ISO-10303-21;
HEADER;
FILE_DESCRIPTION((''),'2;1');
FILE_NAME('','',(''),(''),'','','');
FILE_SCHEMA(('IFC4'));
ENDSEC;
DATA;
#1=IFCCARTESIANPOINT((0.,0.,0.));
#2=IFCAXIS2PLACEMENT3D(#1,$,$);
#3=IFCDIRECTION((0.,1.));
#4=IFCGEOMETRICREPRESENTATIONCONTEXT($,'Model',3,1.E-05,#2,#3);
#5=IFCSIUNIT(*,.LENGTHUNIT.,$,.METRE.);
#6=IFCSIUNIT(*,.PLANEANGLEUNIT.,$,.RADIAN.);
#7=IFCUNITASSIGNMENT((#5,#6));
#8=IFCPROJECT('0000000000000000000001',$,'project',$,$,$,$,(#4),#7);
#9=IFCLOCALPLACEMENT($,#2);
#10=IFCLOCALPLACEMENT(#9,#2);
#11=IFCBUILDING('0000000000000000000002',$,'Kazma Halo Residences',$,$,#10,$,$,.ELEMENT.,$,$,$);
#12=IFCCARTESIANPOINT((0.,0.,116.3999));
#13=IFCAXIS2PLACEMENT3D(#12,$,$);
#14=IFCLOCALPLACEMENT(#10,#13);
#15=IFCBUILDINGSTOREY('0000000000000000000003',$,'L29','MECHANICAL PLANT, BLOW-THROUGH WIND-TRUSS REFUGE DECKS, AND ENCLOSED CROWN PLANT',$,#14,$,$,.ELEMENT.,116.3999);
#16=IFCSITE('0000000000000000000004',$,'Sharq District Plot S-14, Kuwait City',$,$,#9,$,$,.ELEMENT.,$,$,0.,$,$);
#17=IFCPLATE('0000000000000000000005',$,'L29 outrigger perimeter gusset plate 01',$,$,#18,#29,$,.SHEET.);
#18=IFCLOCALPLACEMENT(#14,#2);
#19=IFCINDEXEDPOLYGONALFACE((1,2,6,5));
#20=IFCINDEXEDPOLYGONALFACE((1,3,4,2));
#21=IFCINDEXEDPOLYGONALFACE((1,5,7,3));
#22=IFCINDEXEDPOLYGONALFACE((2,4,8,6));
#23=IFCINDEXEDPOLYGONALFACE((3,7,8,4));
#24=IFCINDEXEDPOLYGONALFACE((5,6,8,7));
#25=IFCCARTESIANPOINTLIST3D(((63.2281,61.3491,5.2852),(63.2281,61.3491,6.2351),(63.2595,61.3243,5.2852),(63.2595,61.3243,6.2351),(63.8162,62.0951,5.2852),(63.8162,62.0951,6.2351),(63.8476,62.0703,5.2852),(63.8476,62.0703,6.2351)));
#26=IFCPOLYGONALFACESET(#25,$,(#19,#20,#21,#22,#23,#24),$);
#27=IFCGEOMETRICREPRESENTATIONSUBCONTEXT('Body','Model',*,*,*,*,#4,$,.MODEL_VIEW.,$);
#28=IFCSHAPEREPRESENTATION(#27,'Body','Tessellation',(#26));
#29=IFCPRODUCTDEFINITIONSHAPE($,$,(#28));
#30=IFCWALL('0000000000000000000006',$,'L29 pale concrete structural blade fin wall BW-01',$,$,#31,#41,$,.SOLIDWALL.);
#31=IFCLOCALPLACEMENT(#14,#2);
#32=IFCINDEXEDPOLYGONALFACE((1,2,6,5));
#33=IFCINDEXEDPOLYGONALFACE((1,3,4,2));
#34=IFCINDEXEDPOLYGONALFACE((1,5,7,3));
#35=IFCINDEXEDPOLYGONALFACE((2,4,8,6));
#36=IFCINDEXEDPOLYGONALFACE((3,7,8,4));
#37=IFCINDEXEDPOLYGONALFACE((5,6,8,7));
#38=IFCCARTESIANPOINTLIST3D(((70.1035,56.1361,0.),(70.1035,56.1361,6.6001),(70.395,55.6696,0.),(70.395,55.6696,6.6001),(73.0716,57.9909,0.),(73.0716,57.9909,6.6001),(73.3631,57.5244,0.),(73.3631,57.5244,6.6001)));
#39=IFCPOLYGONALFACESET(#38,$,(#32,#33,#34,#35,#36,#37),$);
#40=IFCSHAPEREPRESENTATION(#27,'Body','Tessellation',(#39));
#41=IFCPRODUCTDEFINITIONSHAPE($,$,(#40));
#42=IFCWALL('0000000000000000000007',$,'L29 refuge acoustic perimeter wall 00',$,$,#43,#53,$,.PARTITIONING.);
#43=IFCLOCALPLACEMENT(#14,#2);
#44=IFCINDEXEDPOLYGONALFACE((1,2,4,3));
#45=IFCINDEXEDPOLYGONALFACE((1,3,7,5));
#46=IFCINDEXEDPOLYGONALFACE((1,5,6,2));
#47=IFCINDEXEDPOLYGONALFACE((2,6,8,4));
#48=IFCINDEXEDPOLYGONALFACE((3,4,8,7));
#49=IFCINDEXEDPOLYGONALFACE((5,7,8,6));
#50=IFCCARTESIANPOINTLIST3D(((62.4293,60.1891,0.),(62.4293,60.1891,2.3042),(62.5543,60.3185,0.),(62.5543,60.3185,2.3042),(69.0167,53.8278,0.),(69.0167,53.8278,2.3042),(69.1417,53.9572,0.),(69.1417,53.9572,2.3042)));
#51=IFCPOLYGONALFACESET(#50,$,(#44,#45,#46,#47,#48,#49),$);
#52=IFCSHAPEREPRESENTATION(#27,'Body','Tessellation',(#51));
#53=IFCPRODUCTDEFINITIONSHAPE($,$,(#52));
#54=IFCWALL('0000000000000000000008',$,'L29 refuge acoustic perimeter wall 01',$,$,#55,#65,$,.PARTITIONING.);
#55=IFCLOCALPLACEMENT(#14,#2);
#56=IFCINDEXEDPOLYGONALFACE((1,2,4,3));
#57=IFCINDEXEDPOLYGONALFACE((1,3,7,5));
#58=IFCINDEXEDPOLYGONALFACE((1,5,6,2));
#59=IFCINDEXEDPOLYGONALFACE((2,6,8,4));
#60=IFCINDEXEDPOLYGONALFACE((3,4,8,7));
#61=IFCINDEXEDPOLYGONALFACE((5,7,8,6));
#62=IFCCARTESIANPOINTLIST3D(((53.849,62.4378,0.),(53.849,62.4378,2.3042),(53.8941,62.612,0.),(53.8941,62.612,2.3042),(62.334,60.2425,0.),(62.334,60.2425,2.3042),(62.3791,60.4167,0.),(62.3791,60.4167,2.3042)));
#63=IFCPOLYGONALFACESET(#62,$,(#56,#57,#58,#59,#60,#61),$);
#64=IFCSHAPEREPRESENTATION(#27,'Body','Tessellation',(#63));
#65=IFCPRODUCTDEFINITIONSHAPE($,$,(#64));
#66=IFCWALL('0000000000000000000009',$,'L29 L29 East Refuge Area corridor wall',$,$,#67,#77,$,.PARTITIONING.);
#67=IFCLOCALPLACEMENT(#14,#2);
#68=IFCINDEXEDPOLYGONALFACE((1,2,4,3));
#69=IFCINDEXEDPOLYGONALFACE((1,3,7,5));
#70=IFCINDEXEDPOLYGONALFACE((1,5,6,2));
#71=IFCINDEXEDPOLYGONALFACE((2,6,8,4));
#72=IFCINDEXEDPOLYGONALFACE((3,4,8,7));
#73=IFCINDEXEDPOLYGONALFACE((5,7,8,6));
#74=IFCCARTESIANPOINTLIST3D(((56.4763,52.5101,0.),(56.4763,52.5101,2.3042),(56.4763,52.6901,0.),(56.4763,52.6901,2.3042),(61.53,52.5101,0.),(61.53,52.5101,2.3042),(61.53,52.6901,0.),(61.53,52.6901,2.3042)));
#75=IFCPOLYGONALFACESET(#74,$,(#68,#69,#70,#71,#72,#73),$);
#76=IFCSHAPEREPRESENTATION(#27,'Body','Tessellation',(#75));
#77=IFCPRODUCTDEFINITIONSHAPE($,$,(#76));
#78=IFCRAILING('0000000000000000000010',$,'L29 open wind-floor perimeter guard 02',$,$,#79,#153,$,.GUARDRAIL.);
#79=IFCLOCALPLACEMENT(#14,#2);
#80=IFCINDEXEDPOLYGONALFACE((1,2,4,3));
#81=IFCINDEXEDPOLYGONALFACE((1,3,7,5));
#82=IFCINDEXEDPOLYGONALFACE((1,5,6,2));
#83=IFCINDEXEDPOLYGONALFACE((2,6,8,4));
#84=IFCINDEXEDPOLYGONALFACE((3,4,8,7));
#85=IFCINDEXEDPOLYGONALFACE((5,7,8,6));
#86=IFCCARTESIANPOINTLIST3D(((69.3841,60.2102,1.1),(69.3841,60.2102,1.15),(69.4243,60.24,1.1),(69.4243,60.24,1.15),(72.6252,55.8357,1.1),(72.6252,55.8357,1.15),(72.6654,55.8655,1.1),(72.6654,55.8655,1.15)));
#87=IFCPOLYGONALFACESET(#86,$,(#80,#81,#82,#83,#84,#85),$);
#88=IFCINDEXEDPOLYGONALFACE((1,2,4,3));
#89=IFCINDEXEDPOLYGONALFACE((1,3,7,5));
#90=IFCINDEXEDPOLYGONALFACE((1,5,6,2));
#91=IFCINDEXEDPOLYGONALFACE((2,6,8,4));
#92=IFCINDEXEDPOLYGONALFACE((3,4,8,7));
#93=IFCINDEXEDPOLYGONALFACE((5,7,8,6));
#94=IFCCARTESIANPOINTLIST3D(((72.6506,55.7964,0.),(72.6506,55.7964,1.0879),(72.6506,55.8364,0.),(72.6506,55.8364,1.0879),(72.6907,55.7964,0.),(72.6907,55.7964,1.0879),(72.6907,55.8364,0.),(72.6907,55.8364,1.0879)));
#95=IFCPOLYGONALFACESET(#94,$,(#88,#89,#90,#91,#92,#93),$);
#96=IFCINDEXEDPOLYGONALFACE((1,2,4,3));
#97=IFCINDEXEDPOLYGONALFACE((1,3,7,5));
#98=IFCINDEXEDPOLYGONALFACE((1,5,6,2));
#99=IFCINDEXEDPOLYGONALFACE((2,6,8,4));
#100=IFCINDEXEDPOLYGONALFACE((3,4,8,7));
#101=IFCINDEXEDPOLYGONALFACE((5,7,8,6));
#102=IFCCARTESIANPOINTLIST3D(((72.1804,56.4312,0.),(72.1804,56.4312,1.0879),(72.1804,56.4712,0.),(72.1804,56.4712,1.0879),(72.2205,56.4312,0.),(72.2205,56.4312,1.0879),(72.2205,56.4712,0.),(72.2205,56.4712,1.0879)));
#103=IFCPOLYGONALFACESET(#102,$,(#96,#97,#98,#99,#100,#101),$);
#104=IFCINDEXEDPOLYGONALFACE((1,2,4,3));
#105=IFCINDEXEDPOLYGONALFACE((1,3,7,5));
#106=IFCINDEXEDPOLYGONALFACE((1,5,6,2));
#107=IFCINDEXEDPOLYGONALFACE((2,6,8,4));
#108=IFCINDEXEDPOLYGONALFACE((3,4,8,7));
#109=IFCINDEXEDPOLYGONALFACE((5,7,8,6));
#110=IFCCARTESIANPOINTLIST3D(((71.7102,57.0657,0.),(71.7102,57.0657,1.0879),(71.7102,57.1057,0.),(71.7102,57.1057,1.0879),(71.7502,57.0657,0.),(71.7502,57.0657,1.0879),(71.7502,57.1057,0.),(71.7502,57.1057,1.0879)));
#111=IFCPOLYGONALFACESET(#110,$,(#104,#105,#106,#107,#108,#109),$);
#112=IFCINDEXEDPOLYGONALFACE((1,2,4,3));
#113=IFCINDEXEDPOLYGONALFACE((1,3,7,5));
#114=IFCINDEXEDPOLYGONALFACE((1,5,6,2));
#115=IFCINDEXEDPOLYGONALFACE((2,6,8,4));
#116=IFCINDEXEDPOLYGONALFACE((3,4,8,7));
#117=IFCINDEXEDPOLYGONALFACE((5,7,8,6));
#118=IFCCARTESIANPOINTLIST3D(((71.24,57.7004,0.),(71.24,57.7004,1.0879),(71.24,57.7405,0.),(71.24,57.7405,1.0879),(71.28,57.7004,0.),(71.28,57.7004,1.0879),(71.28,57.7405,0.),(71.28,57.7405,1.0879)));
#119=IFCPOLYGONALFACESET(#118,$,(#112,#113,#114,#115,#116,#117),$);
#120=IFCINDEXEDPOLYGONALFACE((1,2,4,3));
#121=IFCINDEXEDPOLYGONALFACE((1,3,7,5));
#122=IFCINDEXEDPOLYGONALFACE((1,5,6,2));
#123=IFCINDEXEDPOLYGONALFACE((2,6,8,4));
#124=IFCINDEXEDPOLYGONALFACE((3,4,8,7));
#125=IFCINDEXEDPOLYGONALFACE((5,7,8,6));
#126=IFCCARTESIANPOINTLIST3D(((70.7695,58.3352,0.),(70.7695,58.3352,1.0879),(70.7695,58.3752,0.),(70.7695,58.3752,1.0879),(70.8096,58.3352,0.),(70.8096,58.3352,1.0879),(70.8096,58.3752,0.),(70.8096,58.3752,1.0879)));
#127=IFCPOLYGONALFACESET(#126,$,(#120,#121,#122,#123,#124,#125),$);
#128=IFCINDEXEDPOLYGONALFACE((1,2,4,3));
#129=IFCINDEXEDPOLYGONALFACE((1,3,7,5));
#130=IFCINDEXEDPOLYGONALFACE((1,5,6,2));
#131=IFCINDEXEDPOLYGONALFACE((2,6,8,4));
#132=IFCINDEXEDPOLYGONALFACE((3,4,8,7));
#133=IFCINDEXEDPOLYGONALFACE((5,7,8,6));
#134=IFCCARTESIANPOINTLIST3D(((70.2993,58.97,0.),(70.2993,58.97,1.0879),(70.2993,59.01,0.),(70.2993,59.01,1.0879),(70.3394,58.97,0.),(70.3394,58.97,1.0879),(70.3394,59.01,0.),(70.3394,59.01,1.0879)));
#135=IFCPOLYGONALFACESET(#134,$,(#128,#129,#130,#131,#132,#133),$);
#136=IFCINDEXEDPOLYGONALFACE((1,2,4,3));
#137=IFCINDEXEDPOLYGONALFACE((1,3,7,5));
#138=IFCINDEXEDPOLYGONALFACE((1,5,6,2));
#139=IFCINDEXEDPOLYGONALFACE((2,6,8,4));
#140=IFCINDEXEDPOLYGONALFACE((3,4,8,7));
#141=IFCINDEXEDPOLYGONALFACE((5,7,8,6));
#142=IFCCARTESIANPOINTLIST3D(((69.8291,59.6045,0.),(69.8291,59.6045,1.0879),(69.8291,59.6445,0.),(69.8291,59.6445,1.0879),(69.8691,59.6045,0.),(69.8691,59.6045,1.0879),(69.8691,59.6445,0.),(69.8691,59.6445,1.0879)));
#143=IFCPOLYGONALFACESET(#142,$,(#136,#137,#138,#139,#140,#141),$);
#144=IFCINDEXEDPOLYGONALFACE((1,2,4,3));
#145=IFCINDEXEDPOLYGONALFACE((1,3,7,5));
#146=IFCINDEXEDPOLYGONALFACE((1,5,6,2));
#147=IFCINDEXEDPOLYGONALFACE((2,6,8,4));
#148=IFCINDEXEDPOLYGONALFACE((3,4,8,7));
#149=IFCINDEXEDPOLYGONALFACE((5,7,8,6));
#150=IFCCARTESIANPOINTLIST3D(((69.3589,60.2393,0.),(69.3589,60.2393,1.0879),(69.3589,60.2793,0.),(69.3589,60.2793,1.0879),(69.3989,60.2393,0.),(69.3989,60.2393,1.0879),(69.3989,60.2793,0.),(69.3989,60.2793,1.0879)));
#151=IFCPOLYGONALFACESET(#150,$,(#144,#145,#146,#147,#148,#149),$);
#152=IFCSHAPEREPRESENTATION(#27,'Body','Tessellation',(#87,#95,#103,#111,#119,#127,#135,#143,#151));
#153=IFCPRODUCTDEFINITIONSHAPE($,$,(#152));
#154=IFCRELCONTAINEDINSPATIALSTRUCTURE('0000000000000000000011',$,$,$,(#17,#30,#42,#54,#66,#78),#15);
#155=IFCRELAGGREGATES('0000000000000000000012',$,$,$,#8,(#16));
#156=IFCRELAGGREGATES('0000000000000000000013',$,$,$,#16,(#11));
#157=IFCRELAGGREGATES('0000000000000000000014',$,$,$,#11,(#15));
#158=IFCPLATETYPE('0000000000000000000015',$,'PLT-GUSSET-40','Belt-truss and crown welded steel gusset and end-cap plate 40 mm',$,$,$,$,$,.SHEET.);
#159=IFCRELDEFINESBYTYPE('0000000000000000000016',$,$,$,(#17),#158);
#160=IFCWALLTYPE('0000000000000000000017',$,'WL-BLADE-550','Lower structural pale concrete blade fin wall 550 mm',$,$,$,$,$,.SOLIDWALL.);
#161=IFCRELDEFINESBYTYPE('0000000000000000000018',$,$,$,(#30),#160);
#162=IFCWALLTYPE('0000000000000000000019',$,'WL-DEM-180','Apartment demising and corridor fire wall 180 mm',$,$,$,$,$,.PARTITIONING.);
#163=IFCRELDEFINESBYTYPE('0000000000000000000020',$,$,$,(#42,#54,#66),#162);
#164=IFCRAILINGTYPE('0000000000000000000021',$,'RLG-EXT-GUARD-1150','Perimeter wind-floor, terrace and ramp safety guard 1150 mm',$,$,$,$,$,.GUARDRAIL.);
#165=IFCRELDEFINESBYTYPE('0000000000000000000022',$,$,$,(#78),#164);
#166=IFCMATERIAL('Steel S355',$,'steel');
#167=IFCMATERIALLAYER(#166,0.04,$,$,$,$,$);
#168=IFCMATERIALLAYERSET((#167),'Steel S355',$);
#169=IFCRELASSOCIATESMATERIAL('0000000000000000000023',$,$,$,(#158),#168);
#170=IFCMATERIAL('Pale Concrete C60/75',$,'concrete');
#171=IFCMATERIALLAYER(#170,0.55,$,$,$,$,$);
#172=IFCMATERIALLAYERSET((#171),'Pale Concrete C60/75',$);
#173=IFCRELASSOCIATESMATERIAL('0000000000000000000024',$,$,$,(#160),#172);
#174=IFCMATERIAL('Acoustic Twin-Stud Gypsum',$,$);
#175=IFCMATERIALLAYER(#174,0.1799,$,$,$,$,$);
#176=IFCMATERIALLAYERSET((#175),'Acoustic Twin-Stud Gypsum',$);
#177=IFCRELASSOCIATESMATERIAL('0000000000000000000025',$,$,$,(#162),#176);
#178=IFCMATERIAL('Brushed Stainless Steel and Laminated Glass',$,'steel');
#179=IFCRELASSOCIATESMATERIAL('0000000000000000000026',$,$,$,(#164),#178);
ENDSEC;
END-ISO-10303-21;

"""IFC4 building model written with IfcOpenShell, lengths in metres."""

from ifc_helpers import new_model, si_unit, direction, frame, frame_2d, origin, origin_2d, place, context, subcontext, project, spatial, rectangle, extrude, material, layer, layer_set, type_object, element, save


model = new_model("IFC4")

# Units and contexts
model_context = context("Model", 3, precision=1e-05, world=origin(), true_north=direction((0.0, 1.0)))
body_context = subcontext(model_context, "Body", "Model", "MODEL_VIEW")
ifc_project = project(units=[si_unit("LENGTHUNIT", "METRE"), si_unit("PLANEANGLEUNIT", "RADIAN")], contexts=[model_context])

# Site, building, storey
site_placement = place(None, origin())
site = spatial("IfcSite", under=ifc_project, at=site_placement, Name="Sharq District Plot S-14, Kuwait City", CompositionType="ELEMENT", RefElevation=0.0)
building_placement = place(site_placement, origin())
building = spatial("IfcBuilding", under=site, at=building_placement, Name="Kazma Halo Residences", CompositionType="ELEMENT")
storey_placement = place(building_placement, frame((0.0, 0.0, 116.3999)))
storey = spatial("IfcBuildingStorey", under=building, at=storey_placement, Name="L29", Description="MECHANICAL PLANT, BLOW-THROUGH WIND-TRUSS REFUGE DECKS, AND ENCLOSED CROWN PLANT", CompositionType="ELEMENT", Elevation=116.3999)

# Shared definitions
ifc_material_1 = material(Name="Steel S355", Category="steel")

# Plate
ifc_layer_1 = layer(ifc_material_1, 0.04)
ifc_layer_set_1 = layer_set([ifc_layer_1], Name="Steel S355")
plate_type = type_object("IfcPlateType", Name="PLT-GUSSET-40", Description="Belt-truss and crown welded steel gusset and end-cap plate 40 mm", PredefinedType="SHEET", material=ifc_layer_set_1)
plate_1_placement = place(storey_placement, frame((63.5378, 61.7097, 5.2852), z_axis=(0.0, 0.0, 1.0), x_axis=(0.619092, 0.785319, 0.0)))
element("IfcPlate", 1, at=plate_1_placement, inside=storey, type_object=plate_type, Name="L29 outrigger perimeter gusset plate 01", PredefinedType="SHEET", context=body_context, shape_type="SweptSolid", body=[
    extrude(rectangle(XDim=0.95, YDim=0.04, at=origin_2d()), origin(), (0.0, 0.0, 1.0), 0.95),
])

# Walls
ifc_material_2 = material(Name="Pale Concrete C60/75", Category="concrete")
ifc_layer_2 = layer(ifc_material_2, 0.55)
ifc_layer_set_2 = layer_set([ifc_layer_2], Name="Pale Concrete C60/75")
wall_type_1 = type_object("IfcWallType", Name="WL-BLADE-550", Description="Lower structural pale concrete blade fin wall 550 mm", PredefinedType="SOLIDWALL", material=ifc_layer_set_2)
wall_1_placement = place(storey_placement, frame((70.2493, 55.9028, 0.0), z_axis=(0.0, 0.0, 1.0), x_axis=(0.848034, 0.529943, 0.0)))
element("IfcWall", 2, at=wall_1_placement, inside=storey, type_object=wall_type_1, Name="L29 pale concrete structural blade fin wall BW-01", PredefinedType="SOLIDWALL", context=body_context, shape_type="SweptSolid", body=[
    extrude(rectangle(XDim=3.5, YDim=0.55, at=frame_2d((1.75, 0.0))), origin(), (0.0, 0.0, 1.0), 6.6001),
])
ifc_material_3 = material(Name="Acoustic Twin-Stud Gypsum")
ifc_layer_3 = layer(ifc_material_3, 0.1799)
ifc_layer_set_3 = layer_set([ifc_layer_3], Name="Acoustic Twin-Stud Gypsum")
wall_type_2 = type_object("IfcWallType", Name="WL-DEM-180", Description="Apartment demising and corridor fire wall 180 mm", PredefinedType="PARTITIONING", material=ifc_layer_set_3)
wall_2_placement = place(storey_placement, frame((69.0791, 53.8926, 0.0), z_axis=(0.0, 0.0, 1.0), x_axis=(-0.719343, 0.694655, 0.0)))
element("IfcWall", 3, at=wall_2_placement, inside=storey, type_object=wall_type_2, Name="L29 refuge acoustic perimeter wall 00", PredefinedType="PARTITIONING", context=body_context, shape_type="SweptSolid", body=[
    extrude(rectangle(XDim=9.1575, YDim=0.1799, at=frame_2d((4.5786, 0.0))), origin(), (0.0, 0.0, 1.0), 2.3042),
])
wall_3_placement = place(storey_placement, frame((62.3567, 60.3296, 0.0), z_axis=(0.0, 0.0, 1.0), x_axis=(-0.968122, 0.250478, 0.0)))
element("IfcWall", 4, at=wall_3_placement, inside=storey, type_object=wall_type_2, Name="L29 refuge acoustic perimeter wall 01", PredefinedType="PARTITIONING", context=body_context, shape_type="SweptSolid", body=[
    extrude(rectangle(XDim=8.7644, YDim=0.1799, at=frame_2d((4.3823, 0.0))), origin(), (0.0, 0.0, 1.0), 2.3042),
])
wall_4_placement = place(storey_placement, frame((61.53, 52.6001, 0.0), z_axis=(0.0, 0.0, 1.0), x_axis=(-1.0, 0.0, 0.0)))
element("IfcWall", 5, at=wall_4_placement, inside=storey, type_object=wall_type_2, Name="L29 L29 East Refuge Area corridor wall", PredefinedType="PARTITIONING", context=body_context, shape_type="SweptSolid", body=[
    extrude(rectangle(XDim=5.0537, YDim=0.1799, at=frame_2d((2.5269, 0.0))), origin(), (0.0, 0.0, 1.0), 2.3042),
])

# Railing
ifc_material_4 = material(Name="Brushed Stainless Steel and Laminated Glass", Category="steel")
railing_type = type_object("IfcRailingType", Name="RLG-EXT-GUARD-1150", Description="Perimeter wind-floor, terrace and ramp safety guard 1150 mm", PredefinedType="GUARDRAIL", material=ifc_material_4)
railing_1_placement = place(storey_placement, frame((72.6707, 55.8164, 0.0)))
element("IfcRailing", 6, at=railing_1_placement, inside=storey, type_object=railing_type, Name="L29 open wind-floor perimeter guard 02", PredefinedType="GUARDRAIL", context=body_context, shape_type="SweptSolid", body=[
    extrude(rectangle(XDim=0.05, YDim=0.05, at=origin_2d()), frame((-0.0254, 0.0342, 1.125), z_axis=(-0.595313, 0.803494, 0.0), x_axis=(-0.803494, -0.595313, 0.0)), (0.0, 0.0, 1.0), 5.4443),
    extrude(rectangle(XDim=0.04, YDim=0.04, at=origin_2d()), origin(), (0.0, 0.0, 1.0), 1.0879),
    extrude(rectangle(XDim=0.04, YDim=0.04, at=origin_2d()), frame((-0.4702, 0.6348, 0.0)), (0.0, 0.0, 1.0), 1.0879),
    extrude(rectangle(XDim=0.04, YDim=0.04, at=origin_2d()), frame((-0.9404, 1.2693, 0.0)), (0.0, 0.0, 1.0), 1.0879),
    extrude(rectangle(XDim=0.04, YDim=0.04, at=origin_2d()), frame((-1.4106, 1.9041, 0.0)), (0.0, 0.0, 1.0), 1.0879),
    extrude(rectangle(XDim=0.04, YDim=0.04, at=origin_2d()), frame((-1.8811, 2.5388, 0.0)), (0.0, 0.0, 1.0), 1.0879),
    extrude(rectangle(XDim=0.04, YDim=0.04, at=origin_2d()), frame((-2.3513, 3.1736, 0.0)), (0.0, 0.0, 1.0), 1.0879),
    extrude(rectangle(XDim=0.04, YDim=0.04, at=origin_2d()), frame((-2.8215, 3.8081, 0.0)), (0.0, 0.0, 1.0), 1.0879),
    extrude(rectangle(XDim=0.04, YDim=0.04, at=origin_2d()), frame((-3.2917, 4.4429, 0.0)), (0.0, 0.0, 1.0), 1.0879),
])

save(model, "model.ifc")
